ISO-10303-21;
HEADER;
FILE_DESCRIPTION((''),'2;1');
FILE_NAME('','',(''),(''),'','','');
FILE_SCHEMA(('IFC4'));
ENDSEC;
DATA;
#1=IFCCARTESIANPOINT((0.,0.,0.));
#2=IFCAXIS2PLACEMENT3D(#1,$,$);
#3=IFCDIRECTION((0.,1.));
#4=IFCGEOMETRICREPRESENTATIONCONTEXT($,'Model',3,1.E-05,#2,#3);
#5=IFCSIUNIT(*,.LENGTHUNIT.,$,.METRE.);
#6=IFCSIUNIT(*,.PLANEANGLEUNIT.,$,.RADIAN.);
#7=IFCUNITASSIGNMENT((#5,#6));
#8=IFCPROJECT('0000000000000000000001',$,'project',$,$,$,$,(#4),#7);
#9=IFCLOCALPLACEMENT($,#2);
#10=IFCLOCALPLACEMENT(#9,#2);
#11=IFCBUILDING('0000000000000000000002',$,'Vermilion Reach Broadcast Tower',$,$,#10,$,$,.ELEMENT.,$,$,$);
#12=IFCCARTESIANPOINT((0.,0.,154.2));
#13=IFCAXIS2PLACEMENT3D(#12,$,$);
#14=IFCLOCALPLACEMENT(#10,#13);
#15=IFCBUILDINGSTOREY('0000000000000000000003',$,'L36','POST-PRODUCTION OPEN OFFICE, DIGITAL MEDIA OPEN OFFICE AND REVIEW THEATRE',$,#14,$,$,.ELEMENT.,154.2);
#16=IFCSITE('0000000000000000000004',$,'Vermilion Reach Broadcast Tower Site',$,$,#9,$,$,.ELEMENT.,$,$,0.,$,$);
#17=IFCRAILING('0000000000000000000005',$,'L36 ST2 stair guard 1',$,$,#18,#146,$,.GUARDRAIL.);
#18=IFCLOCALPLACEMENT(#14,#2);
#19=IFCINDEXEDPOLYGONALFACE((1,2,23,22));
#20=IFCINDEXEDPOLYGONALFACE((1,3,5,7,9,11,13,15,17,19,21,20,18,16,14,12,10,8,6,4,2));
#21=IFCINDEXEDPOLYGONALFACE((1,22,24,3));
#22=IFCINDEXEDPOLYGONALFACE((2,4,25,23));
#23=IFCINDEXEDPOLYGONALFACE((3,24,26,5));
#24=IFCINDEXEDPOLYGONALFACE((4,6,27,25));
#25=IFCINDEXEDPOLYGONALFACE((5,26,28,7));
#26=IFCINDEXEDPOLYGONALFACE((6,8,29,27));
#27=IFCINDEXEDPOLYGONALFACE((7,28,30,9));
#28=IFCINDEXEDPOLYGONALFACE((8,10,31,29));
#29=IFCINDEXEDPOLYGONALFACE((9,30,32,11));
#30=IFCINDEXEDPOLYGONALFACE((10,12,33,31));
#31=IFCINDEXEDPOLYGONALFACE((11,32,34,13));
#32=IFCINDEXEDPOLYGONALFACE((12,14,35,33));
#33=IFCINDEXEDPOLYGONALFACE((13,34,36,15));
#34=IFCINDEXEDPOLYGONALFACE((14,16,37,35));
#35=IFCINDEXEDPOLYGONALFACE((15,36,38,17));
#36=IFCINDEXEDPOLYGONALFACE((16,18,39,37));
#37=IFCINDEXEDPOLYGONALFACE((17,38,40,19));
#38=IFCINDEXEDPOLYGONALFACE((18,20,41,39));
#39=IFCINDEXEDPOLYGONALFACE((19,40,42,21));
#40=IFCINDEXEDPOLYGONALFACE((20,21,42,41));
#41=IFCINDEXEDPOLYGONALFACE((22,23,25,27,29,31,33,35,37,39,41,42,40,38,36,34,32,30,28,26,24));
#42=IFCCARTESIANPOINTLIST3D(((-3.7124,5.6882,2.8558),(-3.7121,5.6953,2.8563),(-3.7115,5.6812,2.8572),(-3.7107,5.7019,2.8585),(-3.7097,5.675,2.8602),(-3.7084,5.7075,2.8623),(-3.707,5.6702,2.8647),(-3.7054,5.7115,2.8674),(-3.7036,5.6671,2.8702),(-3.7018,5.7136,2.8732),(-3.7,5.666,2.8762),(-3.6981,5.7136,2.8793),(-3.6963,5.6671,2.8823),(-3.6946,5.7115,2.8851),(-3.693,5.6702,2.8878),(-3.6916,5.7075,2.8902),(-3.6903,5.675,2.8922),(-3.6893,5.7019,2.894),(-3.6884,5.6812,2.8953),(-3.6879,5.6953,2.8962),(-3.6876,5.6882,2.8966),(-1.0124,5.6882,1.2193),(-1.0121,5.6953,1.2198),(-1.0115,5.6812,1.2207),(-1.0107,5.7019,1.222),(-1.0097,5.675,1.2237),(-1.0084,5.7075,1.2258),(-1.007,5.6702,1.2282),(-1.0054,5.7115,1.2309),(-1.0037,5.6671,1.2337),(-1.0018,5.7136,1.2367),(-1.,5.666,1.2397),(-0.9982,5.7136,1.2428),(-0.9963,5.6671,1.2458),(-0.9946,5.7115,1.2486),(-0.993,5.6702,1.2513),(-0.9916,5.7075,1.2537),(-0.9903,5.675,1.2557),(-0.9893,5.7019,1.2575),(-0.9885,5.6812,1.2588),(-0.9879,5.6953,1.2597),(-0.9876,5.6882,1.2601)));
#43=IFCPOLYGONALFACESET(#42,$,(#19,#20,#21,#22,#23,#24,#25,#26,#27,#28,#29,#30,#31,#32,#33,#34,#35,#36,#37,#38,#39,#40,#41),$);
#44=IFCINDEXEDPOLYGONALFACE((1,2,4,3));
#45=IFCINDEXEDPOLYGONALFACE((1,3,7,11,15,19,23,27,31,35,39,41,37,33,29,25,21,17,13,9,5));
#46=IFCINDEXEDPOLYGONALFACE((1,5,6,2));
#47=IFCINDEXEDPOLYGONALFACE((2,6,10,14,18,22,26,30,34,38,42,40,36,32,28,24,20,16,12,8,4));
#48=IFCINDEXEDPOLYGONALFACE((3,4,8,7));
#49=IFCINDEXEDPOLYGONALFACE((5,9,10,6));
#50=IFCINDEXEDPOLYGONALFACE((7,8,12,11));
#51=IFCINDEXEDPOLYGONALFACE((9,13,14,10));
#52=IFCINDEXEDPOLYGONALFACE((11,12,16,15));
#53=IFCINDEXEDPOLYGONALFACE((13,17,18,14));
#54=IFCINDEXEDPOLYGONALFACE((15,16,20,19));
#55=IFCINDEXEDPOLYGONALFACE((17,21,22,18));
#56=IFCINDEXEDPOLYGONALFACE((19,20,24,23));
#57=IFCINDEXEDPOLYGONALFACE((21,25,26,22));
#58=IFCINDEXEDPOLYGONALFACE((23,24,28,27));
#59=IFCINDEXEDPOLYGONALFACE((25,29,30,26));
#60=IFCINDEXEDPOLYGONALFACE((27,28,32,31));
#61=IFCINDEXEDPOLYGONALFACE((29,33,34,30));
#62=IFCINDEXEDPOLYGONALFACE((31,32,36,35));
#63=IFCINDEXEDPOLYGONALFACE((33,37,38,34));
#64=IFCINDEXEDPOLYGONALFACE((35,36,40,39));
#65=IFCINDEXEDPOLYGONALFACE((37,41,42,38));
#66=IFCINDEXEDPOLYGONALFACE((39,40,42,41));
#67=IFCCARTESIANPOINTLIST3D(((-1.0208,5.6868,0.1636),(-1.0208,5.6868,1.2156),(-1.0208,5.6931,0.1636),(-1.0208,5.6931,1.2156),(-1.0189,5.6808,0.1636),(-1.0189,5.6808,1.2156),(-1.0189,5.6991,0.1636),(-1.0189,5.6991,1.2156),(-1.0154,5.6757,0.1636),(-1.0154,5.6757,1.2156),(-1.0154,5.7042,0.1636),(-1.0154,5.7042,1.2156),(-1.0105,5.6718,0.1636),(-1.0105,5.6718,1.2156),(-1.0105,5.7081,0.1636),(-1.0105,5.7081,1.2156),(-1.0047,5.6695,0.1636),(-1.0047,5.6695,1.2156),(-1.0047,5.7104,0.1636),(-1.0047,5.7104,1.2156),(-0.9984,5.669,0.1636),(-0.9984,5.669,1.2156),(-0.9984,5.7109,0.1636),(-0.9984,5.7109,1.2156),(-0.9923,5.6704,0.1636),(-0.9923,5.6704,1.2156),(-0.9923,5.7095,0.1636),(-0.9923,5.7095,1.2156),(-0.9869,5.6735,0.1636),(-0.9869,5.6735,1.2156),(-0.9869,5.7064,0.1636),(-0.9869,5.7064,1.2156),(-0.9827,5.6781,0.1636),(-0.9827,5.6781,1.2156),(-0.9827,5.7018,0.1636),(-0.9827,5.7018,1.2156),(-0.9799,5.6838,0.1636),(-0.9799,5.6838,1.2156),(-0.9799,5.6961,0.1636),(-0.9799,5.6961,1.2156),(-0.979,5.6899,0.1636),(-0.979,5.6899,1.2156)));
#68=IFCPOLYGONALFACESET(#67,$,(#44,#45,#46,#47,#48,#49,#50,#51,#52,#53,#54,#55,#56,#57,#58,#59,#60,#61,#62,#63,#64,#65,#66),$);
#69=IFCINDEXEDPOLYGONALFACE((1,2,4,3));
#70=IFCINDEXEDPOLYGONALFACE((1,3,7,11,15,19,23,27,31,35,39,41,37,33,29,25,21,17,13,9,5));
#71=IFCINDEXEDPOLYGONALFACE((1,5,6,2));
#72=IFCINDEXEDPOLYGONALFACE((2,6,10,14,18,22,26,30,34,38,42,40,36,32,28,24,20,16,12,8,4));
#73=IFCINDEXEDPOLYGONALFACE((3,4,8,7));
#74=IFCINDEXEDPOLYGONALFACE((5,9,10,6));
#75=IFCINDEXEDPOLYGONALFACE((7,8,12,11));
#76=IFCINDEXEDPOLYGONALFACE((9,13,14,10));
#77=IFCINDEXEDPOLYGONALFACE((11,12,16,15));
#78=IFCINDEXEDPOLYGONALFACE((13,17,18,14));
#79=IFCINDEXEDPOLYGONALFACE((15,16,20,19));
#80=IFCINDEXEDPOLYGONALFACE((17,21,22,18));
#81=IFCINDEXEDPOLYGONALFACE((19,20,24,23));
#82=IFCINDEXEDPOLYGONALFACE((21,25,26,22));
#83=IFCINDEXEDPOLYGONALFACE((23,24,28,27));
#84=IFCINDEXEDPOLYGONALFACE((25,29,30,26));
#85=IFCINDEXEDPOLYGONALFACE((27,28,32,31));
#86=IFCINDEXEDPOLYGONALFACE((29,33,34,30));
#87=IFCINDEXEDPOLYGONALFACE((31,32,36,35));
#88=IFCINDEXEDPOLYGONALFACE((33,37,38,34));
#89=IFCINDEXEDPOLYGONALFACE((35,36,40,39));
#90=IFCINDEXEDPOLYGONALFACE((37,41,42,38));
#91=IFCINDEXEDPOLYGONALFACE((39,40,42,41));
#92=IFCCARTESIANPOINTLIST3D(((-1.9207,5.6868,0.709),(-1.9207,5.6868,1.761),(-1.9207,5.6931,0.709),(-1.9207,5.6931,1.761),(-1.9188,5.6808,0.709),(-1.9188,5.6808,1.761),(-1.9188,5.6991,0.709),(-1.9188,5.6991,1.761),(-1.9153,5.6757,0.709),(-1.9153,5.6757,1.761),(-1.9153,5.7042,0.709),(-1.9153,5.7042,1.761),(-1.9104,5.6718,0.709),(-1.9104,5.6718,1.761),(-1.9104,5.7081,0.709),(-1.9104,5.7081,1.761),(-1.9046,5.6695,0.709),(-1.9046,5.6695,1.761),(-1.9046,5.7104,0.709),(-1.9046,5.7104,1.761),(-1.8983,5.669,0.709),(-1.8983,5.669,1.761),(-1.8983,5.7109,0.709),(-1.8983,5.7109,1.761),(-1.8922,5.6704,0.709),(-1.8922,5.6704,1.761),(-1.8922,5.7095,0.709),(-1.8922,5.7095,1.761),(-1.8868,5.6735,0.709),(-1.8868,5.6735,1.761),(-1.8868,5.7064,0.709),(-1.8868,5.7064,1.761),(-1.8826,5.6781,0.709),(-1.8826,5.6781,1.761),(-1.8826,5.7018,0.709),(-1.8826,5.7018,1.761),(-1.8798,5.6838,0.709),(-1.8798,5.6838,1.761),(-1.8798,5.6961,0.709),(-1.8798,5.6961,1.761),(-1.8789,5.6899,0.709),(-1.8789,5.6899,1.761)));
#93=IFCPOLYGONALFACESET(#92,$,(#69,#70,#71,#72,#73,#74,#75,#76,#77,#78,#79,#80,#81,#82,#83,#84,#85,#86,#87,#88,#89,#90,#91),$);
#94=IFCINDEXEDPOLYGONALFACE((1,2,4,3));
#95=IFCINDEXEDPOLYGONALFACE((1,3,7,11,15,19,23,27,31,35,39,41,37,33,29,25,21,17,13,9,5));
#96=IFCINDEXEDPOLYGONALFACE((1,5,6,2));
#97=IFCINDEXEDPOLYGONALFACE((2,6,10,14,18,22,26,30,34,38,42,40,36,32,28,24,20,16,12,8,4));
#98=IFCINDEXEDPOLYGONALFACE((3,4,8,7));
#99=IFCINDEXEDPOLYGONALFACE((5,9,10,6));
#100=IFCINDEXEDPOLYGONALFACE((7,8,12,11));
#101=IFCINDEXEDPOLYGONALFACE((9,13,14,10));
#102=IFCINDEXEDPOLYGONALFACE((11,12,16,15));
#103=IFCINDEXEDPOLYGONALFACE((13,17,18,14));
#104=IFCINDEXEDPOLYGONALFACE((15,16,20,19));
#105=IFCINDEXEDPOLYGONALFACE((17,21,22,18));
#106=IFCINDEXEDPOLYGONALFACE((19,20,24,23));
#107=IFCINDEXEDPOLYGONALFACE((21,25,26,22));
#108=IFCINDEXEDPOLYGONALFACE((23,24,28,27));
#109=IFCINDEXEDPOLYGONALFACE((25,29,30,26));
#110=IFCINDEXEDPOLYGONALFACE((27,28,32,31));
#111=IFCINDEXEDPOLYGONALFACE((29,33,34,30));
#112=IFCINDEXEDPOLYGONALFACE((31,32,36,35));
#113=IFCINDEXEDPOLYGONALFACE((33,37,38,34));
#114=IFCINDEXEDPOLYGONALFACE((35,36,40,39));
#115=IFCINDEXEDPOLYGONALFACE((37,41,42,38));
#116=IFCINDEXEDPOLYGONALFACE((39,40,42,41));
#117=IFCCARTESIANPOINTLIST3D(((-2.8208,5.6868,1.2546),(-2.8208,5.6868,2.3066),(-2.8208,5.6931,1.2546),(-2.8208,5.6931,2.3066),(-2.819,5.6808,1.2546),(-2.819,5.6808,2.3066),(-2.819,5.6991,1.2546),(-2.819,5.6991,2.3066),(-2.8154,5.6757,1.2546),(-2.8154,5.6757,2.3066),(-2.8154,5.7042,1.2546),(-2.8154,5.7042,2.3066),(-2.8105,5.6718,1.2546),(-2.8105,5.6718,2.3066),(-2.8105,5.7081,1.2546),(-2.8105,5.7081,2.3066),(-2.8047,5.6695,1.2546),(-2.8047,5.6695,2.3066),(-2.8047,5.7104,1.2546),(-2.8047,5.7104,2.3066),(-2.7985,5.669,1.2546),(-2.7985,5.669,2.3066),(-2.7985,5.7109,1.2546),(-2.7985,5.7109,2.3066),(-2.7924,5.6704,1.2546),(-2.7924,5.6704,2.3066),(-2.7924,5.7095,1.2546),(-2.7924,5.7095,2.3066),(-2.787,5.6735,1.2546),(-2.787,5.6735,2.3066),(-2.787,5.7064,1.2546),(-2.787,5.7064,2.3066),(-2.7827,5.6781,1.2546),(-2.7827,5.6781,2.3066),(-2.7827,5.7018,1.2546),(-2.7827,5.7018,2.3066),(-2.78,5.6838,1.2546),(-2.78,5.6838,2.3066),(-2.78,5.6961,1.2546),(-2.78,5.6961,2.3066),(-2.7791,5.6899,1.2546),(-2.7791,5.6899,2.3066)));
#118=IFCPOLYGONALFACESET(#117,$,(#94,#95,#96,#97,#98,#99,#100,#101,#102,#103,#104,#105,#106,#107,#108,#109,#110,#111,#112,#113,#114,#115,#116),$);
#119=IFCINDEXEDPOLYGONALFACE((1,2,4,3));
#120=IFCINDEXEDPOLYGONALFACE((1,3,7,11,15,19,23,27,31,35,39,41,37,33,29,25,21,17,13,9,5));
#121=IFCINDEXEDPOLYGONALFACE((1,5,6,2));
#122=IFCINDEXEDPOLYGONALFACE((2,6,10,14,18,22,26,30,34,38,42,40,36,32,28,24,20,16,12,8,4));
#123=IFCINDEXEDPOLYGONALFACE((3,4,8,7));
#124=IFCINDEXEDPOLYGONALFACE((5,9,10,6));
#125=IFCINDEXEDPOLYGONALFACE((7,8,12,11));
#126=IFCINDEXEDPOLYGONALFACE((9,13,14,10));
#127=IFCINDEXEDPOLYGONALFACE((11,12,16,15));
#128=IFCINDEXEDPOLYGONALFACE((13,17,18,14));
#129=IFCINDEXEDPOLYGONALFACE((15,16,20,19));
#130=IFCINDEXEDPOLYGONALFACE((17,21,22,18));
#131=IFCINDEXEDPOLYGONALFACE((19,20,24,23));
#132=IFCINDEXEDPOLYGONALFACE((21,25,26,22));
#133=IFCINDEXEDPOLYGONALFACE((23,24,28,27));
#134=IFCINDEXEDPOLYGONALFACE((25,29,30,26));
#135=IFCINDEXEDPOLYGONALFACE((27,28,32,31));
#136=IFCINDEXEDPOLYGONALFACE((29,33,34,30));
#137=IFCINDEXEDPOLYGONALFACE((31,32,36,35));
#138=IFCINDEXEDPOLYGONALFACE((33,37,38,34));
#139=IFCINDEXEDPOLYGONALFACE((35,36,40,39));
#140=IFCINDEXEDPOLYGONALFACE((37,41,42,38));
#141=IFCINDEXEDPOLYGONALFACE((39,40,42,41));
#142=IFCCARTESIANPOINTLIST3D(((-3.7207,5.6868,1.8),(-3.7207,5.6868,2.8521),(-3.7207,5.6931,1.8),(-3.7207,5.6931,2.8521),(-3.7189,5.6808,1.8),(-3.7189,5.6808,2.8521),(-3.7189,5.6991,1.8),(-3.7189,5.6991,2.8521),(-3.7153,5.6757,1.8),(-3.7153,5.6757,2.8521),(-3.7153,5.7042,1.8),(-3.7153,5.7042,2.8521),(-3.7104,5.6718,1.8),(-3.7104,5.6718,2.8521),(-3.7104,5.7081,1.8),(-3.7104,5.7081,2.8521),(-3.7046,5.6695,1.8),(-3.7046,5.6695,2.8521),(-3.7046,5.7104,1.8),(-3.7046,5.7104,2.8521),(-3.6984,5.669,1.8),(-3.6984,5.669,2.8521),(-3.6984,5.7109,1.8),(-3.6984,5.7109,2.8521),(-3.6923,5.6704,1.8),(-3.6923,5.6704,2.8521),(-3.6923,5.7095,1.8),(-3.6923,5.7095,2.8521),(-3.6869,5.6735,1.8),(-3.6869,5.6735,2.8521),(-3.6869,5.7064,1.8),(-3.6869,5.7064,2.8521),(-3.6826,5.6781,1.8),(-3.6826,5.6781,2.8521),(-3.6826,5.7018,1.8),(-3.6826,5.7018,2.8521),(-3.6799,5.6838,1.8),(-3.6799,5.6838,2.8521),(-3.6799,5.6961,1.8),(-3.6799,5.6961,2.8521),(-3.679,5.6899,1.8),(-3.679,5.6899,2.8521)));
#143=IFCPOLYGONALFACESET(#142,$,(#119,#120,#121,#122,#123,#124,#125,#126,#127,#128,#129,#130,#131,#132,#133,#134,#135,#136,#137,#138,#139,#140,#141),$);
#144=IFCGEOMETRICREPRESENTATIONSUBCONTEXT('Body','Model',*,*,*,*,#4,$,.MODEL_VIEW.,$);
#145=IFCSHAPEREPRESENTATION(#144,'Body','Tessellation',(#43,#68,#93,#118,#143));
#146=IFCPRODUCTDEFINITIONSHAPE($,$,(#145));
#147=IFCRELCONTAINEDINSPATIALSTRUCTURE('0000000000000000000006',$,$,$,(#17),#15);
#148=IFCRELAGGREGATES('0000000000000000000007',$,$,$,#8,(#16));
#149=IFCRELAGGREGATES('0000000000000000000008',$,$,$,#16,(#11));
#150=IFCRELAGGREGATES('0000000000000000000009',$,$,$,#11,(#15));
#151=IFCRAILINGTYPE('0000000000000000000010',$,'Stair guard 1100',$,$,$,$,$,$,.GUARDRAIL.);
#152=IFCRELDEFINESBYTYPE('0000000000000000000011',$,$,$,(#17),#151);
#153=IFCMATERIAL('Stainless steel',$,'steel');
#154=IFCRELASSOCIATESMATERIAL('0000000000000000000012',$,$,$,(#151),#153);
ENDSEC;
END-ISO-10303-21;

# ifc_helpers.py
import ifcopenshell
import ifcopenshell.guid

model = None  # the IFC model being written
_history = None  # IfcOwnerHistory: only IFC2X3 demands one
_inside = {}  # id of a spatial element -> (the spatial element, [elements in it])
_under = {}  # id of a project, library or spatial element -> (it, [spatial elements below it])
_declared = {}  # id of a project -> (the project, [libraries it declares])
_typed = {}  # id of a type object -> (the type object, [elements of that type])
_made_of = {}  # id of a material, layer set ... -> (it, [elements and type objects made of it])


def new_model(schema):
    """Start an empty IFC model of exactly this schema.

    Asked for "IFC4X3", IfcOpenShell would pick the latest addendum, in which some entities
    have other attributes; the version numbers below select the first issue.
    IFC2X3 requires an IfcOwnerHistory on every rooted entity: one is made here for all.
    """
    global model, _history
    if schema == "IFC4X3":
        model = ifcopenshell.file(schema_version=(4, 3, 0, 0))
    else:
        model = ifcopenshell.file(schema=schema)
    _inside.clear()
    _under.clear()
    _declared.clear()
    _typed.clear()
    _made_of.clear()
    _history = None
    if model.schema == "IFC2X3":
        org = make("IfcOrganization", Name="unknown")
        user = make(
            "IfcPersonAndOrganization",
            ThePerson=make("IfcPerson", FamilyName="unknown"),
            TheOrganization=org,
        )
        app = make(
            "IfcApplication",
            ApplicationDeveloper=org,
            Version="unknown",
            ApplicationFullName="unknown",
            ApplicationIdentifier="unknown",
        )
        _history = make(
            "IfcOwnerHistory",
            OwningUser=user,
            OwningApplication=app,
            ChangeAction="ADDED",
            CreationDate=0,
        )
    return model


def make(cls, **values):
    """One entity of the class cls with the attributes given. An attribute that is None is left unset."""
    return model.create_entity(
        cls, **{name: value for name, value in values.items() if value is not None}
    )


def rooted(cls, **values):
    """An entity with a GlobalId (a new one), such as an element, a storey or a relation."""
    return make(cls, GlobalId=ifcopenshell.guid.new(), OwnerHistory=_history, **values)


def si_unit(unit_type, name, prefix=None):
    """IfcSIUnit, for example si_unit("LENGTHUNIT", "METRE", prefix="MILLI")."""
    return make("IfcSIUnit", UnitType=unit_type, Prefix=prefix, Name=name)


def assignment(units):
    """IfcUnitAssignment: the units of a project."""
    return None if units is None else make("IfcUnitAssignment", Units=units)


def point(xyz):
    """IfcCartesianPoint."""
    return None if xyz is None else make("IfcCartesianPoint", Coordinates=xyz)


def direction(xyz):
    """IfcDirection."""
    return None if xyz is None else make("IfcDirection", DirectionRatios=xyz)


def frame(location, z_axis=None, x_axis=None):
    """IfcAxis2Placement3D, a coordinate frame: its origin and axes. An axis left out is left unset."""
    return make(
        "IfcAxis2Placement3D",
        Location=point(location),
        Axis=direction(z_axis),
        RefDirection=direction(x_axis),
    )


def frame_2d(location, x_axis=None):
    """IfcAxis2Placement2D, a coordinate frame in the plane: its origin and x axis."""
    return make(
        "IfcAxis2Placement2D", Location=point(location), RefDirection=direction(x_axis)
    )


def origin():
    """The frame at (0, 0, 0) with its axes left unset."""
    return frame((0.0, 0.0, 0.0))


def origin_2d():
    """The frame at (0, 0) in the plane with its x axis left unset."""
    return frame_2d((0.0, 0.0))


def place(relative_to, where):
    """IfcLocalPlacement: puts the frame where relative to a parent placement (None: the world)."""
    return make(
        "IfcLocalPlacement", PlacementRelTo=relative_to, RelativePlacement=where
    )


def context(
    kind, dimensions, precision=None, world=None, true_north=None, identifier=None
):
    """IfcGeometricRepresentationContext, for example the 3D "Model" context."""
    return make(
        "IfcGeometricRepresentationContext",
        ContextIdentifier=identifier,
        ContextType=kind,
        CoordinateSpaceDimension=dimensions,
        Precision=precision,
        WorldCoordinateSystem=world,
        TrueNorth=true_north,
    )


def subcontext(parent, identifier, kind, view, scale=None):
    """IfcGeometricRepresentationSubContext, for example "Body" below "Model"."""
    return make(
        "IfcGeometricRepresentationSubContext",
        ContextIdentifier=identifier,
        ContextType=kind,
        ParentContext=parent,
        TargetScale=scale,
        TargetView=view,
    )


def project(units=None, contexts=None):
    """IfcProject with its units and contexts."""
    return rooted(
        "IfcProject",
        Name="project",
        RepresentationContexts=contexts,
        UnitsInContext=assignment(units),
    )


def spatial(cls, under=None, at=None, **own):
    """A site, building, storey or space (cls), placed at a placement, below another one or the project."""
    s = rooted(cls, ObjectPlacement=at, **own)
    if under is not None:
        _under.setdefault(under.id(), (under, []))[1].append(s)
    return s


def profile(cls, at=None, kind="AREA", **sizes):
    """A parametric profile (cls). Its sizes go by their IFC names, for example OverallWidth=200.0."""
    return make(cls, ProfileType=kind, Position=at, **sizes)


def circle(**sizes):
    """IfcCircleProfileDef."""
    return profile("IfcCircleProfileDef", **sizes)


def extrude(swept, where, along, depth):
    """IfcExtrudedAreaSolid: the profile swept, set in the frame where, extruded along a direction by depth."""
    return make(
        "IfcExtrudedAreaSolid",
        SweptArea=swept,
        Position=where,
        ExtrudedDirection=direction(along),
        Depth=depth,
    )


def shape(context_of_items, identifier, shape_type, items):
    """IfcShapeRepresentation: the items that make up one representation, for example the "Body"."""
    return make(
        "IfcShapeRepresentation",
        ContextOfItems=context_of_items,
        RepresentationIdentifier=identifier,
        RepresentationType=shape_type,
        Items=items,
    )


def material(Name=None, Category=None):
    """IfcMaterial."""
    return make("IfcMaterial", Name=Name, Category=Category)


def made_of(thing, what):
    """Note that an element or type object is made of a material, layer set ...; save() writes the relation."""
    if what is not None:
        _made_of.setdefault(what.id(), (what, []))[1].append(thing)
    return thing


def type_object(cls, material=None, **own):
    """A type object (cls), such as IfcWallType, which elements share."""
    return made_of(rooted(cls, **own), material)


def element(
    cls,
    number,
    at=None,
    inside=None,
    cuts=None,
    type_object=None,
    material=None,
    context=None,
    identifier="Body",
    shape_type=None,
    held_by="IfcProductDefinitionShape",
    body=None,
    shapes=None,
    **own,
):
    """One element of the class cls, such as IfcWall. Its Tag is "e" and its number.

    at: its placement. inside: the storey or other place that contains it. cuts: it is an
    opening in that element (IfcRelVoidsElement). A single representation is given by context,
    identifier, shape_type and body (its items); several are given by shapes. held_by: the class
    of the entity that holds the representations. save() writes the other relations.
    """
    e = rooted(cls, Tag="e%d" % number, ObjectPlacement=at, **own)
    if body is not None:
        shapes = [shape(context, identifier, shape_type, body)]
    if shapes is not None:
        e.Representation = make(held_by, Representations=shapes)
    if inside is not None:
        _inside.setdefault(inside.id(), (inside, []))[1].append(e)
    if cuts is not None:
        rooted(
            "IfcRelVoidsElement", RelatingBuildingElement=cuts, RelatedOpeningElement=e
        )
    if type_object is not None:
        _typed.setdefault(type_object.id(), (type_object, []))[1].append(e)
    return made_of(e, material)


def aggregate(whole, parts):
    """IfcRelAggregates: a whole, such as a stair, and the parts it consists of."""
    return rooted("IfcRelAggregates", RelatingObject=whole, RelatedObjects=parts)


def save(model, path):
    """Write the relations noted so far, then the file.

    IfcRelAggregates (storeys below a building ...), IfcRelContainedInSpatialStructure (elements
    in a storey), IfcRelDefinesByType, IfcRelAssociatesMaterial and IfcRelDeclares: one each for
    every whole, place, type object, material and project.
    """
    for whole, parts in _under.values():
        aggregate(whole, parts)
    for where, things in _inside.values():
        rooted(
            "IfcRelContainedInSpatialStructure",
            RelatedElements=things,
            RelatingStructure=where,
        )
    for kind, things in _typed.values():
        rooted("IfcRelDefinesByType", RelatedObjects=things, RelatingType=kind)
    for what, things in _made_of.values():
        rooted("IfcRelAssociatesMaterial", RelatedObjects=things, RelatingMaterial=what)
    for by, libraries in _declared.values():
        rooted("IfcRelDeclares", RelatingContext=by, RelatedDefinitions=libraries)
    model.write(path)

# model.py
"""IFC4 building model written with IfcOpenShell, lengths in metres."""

from ifc_helpers import new_model, si_unit, direction, frame, origin, origin_2d, place, context, subcontext, project, spatial, circle, extrude, material, type_object, element, save


model = new_model("IFC4")

# Units and contexts
model_context = context("Model", 3, precision=1e-05, world=origin(), true_north=direction((0.0, 1.0)))
body_context = subcontext(model_context, "Body", "Model", "MODEL_VIEW")
ifc_project = project(units=[si_unit("LENGTHUNIT", "METRE"), si_unit("PLANEANGLEUNIT", "RADIAN")], contexts=[model_context])

# Site, building, storey
site_placement = place(None, origin())
site = spatial("IfcSite", under=ifc_project, at=site_placement, Name="Vermilion Reach Broadcast Tower Site", CompositionType="ELEMENT", RefElevation=0.0)
building_placement = place(site_placement, origin())
building = spatial("IfcBuilding", under=site, at=building_placement, Name="Vermilion Reach Broadcast Tower", CompositionType="ELEMENT")
storey_placement = place(building_placement, frame((0.0, 0.0, 154.2)))
storey = spatial("IfcBuildingStorey", under=building, at=storey_placement, Name="L36", Description="POST-PRODUCTION OPEN OFFICE, DIGITAL MEDIA OPEN OFFICE AND REVIEW THEATRE", CompositionType="ELEMENT", Elevation=154.2)

# Railing
ifc_material_1 = material(Name="Stainless steel", Category="steel")
railing_type_1 = type_object("IfcRailingType", Name="Stair guard 1100", PredefinedType="GUARDRAIL", material=ifc_material_1)
railing_1_placement = place(storey_placement, frame((-1.0, 5.6899, 0.1636)))
element("IfcRailing", 1, at=railing_1_placement, inside=storey, type_object=railing_type_1, Name="L36 ST2 stair guard 1", PredefinedType="GUARDRAIL", context=body_context, shape_type="SweptSolid", body=[
    extrude(circle(Radius=0.0239, at=origin_2d()), frame((0.0, 0.0, 1.0762), z_axis=(-0.855178, 0.0, 0.518334), x_axis=(0.0, -1.0, 0.0)), (0.0, 0.0, 1.0), 3.1572),
    extrude(circle(Radius=0.021, at=origin_2d()), origin(), (0.0, 0.0, 1.0), 1.052),
    extrude(circle(Radius=0.021, at=origin_2d()), frame((-0.8999, 0.0, 0.5454)), (0.0, 0.0, 1.0), 1.052),
    extrude(circle(Radius=0.021, at=origin_2d()), frame((-1.8, 0.0, 1.0911)), (0.0, 0.0, 1.0), 1.052),
    extrude(circle(Radius=0.021, at=origin_2d()), frame((-2.7, 0.0, 1.6365)), (0.0, 0.0, 1.0), 1.052),
])

save(model, "model.ifc")
